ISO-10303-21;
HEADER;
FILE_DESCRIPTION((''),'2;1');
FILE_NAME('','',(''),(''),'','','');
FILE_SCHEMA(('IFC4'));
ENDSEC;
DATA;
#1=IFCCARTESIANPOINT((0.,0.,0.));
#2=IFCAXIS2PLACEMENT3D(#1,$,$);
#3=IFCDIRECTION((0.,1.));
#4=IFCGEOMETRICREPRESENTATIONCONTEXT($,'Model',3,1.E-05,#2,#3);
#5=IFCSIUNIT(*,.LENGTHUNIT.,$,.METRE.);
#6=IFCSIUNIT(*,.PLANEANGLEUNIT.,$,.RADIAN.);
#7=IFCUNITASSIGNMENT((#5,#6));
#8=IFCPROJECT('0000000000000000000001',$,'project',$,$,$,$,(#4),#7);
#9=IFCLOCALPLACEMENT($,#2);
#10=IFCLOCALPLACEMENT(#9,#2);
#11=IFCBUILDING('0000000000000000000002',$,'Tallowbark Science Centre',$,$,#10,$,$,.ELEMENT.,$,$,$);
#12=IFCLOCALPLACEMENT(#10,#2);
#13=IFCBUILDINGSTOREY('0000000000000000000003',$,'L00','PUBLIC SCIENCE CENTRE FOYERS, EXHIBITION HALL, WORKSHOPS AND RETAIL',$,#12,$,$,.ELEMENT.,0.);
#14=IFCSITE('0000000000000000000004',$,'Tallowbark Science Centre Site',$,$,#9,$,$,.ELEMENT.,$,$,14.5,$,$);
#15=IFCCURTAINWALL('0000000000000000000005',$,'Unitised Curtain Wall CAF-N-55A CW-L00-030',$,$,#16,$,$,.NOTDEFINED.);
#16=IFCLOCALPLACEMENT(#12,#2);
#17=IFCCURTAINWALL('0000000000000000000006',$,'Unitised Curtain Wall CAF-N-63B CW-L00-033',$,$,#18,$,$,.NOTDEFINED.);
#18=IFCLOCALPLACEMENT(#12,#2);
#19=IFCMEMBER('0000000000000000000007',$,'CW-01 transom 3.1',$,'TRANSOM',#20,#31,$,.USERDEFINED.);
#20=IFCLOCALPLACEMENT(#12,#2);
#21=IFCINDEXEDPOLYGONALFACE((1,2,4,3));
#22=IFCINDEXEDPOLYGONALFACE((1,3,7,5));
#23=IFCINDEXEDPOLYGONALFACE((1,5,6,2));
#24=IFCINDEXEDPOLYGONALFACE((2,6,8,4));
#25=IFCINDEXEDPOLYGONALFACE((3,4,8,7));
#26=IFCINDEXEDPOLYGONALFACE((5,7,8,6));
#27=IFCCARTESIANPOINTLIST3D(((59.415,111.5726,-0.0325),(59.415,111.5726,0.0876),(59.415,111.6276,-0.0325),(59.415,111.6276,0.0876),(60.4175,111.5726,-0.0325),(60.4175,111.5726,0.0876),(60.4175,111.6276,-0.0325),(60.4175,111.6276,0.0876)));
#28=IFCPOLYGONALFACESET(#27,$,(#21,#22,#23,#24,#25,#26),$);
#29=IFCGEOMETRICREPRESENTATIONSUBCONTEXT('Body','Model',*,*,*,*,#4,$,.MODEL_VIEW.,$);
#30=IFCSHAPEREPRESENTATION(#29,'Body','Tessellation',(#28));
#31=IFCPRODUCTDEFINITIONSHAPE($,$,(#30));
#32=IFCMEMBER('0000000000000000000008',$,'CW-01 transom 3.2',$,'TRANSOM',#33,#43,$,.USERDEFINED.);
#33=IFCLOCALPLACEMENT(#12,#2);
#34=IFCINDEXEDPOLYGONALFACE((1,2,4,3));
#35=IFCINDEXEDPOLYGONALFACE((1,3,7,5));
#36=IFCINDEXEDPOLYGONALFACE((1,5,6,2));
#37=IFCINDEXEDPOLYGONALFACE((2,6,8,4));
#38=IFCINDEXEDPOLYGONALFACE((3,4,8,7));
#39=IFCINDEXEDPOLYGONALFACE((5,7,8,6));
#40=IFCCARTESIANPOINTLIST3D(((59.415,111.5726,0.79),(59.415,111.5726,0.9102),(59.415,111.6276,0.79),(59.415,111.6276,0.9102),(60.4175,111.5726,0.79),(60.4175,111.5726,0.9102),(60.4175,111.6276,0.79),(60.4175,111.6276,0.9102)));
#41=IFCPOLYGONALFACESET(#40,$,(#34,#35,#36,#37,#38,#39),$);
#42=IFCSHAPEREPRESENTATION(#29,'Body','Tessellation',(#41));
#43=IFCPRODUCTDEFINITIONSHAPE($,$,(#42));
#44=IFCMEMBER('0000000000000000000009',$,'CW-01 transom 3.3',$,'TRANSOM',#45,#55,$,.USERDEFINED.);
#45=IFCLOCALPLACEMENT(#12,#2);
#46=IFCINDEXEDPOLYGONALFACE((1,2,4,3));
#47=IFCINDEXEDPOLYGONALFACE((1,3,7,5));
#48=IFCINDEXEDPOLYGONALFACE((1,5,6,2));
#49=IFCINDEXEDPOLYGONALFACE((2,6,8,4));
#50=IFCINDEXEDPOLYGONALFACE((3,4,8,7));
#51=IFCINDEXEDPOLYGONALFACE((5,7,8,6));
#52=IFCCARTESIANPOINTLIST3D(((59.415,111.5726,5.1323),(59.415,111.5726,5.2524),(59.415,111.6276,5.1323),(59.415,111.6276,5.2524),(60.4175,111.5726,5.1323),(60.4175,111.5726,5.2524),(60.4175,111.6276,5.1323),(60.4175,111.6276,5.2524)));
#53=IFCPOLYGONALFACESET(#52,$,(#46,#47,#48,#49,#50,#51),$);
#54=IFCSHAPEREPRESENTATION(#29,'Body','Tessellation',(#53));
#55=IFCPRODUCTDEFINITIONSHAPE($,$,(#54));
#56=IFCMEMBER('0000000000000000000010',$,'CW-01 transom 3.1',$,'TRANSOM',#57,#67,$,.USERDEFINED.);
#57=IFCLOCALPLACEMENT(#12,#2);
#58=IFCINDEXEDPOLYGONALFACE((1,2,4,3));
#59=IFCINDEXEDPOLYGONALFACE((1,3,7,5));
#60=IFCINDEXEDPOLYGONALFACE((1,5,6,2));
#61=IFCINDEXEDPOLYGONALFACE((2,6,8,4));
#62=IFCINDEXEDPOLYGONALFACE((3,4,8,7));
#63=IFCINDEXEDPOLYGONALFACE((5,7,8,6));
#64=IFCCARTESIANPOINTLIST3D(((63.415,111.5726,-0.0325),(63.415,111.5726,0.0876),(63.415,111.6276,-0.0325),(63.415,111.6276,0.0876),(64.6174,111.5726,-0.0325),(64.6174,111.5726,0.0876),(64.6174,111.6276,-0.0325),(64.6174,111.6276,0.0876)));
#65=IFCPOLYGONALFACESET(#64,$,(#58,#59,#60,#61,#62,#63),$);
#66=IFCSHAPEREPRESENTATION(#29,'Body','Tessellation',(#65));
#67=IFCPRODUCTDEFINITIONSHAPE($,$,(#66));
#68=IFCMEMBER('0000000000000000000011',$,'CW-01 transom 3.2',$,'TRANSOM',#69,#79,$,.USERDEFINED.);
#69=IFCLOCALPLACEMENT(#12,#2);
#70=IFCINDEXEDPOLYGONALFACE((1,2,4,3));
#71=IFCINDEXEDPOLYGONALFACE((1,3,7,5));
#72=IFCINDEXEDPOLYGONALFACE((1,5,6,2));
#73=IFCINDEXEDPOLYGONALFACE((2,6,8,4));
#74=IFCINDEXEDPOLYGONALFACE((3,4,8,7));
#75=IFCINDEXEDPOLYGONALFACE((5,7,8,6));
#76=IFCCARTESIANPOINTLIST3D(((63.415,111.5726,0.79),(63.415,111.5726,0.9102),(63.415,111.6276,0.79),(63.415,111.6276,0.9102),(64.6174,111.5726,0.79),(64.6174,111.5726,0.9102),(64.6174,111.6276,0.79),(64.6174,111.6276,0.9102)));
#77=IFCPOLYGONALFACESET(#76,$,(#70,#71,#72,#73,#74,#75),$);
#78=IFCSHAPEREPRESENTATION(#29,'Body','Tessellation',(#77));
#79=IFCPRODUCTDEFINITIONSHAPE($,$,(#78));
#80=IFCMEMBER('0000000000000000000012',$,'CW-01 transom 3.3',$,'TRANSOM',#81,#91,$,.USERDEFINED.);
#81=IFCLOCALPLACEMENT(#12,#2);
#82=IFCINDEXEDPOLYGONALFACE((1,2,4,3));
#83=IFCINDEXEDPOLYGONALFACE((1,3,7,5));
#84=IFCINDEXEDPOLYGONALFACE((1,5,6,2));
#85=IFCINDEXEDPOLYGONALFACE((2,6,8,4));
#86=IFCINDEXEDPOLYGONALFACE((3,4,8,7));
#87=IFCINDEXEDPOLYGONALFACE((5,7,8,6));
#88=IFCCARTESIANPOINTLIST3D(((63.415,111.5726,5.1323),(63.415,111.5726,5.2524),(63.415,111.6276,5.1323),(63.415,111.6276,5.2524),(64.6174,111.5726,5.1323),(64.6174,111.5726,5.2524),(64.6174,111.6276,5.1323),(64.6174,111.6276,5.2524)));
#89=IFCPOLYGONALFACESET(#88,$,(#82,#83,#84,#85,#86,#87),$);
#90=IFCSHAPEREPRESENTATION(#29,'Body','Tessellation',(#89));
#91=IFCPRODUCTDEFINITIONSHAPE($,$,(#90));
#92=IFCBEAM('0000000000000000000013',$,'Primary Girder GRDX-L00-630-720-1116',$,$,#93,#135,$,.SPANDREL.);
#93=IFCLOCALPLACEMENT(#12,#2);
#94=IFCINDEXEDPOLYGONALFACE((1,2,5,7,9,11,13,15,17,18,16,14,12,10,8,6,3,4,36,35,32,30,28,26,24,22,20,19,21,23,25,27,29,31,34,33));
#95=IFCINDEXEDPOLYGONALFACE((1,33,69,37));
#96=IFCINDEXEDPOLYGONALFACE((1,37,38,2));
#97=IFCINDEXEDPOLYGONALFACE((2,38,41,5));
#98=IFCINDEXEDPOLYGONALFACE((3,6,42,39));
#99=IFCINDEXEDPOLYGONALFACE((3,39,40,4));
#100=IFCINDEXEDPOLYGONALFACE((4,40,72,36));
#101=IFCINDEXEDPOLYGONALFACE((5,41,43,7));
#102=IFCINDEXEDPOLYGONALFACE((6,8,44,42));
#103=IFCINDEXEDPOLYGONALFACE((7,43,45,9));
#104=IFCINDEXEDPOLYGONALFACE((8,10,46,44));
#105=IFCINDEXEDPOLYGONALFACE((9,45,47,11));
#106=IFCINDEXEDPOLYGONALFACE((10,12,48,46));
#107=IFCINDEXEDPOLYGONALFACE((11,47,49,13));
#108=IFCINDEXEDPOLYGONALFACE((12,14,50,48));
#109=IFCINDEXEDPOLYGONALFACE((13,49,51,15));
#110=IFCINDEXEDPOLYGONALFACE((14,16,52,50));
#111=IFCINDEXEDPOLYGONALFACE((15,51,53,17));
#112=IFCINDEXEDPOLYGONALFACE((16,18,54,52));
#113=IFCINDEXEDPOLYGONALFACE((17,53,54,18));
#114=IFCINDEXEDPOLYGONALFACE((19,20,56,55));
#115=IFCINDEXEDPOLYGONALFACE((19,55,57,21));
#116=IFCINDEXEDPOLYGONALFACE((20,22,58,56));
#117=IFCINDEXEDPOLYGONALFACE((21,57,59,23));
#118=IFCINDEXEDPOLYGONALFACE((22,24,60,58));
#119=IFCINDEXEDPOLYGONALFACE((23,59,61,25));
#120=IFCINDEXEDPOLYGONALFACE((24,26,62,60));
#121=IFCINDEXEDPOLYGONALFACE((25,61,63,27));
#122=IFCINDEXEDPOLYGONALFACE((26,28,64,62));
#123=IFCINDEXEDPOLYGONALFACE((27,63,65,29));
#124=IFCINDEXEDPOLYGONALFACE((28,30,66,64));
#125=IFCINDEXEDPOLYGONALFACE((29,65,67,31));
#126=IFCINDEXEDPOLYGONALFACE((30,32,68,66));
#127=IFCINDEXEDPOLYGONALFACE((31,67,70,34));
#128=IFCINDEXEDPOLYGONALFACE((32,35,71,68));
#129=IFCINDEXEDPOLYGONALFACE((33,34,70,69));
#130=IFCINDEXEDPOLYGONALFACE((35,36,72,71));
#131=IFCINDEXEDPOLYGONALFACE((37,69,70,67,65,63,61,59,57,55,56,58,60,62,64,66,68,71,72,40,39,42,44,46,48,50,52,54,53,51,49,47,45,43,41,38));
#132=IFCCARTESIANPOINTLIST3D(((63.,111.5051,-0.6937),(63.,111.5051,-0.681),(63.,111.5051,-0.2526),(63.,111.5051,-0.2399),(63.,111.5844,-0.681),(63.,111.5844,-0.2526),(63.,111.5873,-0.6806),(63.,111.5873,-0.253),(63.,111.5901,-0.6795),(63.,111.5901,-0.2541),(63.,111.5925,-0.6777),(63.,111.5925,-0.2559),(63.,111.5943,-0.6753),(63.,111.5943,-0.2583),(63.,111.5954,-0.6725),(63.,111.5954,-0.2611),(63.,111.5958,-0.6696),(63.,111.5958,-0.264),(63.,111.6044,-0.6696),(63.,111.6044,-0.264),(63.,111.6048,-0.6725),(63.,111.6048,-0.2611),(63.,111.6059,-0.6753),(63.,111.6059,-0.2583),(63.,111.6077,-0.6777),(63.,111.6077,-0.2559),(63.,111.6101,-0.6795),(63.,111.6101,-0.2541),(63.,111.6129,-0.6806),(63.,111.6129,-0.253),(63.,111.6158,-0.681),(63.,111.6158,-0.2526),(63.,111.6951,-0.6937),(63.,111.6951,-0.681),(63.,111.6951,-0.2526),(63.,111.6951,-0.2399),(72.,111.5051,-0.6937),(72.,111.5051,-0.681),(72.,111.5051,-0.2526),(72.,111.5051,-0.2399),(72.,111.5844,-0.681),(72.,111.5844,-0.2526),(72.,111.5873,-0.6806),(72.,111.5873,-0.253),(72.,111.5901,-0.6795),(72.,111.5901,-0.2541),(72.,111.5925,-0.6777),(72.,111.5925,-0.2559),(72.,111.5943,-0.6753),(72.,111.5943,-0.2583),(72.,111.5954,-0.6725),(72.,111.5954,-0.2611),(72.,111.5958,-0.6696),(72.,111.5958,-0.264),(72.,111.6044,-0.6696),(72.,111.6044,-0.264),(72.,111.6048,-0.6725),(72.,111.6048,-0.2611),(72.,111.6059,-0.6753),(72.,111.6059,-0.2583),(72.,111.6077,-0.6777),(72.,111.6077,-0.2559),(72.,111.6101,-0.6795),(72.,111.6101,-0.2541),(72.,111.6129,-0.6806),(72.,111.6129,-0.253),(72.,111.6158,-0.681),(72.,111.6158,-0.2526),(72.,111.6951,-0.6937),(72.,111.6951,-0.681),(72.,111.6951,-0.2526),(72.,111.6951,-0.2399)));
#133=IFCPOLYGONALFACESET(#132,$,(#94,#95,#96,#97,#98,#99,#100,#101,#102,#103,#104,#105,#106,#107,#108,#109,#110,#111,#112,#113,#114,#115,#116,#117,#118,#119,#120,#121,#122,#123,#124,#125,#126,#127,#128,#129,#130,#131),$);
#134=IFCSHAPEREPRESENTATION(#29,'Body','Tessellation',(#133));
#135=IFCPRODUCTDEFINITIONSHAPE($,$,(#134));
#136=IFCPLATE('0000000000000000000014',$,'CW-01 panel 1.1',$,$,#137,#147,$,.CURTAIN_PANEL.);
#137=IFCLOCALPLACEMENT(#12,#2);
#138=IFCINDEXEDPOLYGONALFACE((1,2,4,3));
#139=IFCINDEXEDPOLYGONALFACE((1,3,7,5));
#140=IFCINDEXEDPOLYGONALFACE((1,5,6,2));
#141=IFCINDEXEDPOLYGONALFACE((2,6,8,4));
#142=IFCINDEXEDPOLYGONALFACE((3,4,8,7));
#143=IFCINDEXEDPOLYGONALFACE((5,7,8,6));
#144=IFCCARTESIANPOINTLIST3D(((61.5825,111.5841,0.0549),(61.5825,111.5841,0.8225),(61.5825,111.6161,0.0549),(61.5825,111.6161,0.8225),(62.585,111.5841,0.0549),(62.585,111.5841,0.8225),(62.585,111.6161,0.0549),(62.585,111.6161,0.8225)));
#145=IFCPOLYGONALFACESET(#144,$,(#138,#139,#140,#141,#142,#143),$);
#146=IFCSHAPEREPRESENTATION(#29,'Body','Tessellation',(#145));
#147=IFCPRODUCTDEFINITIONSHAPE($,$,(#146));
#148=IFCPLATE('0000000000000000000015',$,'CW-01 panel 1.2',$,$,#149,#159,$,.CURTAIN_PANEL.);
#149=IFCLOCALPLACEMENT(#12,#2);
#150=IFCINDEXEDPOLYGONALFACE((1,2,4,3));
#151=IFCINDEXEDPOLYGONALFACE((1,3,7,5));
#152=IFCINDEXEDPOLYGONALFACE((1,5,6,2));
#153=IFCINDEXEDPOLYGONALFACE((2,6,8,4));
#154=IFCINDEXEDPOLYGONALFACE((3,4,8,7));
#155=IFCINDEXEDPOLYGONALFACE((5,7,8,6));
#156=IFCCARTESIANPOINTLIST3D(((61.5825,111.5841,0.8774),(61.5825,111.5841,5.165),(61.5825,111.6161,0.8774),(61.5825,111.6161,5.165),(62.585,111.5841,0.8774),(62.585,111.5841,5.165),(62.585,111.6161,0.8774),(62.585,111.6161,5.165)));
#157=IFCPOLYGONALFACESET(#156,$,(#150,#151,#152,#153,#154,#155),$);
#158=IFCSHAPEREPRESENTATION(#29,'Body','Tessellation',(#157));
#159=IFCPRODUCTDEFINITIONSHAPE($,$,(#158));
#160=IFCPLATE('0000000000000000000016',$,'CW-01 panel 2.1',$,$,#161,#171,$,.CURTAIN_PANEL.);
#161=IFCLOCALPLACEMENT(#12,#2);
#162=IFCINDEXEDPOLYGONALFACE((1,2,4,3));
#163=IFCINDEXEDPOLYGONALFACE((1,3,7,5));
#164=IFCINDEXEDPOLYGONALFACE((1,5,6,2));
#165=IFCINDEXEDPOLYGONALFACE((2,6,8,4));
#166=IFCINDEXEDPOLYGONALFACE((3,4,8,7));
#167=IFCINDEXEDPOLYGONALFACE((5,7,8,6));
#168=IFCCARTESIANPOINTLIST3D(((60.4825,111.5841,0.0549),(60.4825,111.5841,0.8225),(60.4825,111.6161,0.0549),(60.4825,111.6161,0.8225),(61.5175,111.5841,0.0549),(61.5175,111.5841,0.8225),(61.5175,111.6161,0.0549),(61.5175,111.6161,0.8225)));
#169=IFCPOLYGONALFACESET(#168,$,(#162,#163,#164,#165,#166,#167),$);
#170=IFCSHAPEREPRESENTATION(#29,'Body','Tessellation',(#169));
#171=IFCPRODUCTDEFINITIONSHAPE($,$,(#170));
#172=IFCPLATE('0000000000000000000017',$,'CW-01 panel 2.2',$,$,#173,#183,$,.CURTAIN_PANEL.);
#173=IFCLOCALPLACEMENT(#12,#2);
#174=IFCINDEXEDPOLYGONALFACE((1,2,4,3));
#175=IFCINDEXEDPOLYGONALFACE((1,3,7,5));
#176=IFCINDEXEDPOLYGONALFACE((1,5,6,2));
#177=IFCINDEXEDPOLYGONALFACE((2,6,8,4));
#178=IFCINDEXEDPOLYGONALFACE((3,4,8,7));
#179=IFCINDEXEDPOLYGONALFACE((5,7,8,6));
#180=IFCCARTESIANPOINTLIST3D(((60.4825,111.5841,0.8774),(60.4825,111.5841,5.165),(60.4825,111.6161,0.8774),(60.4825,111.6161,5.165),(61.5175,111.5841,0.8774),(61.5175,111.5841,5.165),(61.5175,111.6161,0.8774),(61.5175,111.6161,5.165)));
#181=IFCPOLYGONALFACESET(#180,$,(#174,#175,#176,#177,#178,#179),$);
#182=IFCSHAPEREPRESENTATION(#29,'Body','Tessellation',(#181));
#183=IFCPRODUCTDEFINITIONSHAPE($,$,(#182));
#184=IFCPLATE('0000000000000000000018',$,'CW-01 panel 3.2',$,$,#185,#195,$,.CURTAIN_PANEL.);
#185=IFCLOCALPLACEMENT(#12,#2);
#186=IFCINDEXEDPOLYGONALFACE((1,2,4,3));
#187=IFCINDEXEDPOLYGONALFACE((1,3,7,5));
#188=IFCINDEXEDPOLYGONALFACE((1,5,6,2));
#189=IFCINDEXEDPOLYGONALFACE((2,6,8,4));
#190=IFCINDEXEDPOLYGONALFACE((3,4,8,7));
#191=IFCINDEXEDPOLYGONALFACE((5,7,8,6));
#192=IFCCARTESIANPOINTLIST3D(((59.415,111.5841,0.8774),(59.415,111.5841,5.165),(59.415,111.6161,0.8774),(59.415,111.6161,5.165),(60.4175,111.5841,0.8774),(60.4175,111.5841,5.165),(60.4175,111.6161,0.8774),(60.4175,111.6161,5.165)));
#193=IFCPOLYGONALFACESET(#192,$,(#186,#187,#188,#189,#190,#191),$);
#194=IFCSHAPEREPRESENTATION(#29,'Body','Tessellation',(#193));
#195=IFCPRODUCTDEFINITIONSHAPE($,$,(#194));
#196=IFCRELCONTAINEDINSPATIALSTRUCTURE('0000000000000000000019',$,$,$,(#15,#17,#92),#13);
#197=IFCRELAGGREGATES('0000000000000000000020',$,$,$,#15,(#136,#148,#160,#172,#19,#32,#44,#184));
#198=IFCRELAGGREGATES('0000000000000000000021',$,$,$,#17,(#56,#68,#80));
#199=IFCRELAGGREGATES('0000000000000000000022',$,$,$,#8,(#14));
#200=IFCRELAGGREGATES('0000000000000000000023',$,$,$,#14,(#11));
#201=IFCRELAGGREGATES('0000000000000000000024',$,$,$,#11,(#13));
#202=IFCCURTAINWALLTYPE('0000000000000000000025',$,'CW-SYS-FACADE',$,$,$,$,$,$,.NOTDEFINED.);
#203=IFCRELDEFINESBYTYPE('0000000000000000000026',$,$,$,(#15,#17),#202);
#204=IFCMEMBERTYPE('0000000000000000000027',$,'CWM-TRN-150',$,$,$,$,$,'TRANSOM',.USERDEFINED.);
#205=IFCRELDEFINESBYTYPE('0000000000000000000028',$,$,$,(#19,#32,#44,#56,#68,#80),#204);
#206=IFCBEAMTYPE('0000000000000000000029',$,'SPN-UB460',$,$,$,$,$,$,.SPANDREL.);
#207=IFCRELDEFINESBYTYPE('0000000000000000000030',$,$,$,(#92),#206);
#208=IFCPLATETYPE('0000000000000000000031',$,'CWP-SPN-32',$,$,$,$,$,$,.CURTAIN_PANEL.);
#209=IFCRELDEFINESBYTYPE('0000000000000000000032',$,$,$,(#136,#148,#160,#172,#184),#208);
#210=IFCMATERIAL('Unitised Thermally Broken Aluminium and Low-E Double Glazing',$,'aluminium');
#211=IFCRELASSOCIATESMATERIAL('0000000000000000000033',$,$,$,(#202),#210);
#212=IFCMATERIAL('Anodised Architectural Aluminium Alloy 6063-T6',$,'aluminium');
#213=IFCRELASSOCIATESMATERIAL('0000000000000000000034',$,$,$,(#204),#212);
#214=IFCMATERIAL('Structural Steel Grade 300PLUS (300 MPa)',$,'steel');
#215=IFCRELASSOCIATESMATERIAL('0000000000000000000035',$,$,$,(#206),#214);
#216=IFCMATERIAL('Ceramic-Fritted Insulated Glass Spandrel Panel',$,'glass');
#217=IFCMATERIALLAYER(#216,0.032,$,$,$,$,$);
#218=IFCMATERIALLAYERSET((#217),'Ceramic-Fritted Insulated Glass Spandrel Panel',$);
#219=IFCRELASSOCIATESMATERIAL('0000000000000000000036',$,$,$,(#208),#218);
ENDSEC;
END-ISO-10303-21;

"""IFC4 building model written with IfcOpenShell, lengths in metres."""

from ifc_helpers import new_model, si_unit, direction, frame, origin, origin_2d, place, context, subcontext, project, spatial, rectangle, i_section, extrude, material, layer, layer_set, material_profile, profile_set, type_object, element, aggregate, save


model = new_model("IFC4")

# Units and contexts
model_context = context("Model", 3, precision=1e-05, world=origin(), true_north=direction((0.0, 1.0)))
body_context = subcontext(model_context, "Body", "Model", "MODEL_VIEW")
ifc_project = project(units=[si_unit("LENGTHUNIT", "METRE"), si_unit("PLANEANGLEUNIT", "RADIAN")], contexts=[model_context])

# Site, building, storey
site_placement = place(None, origin())
site = spatial("IfcSite", under=ifc_project, at=site_placement, Name="Tallowbark Science Centre Site", CompositionType="ELEMENT", RefElevation=14.5)
building_placement = place(site_placement, origin())
building = spatial("IfcBuilding", under=site, at=building_placement, Name="Tallowbark Science Centre", CompositionType="ELEMENT")
storey_placement = place(building_placement, origin())
storey = spatial("IfcBuildingStorey", under=building, at=storey_placement, Name="L00", Description="PUBLIC SCIENCE CENTRE FOYERS, EXHIBITION HALL, WORKSHOPS AND RETAIL", CompositionType="ELEMENT", Elevation=0.0)

# Shared definitions
ifc_material_1 = material(Name="Structural Steel Grade 300PLUS (300 MPa)", Category="steel")

# Curtain walls
ifc_material_2 = material(Name="Unitised Thermally Broken Aluminium and Low-E Double Glazing", Category="aluminium")
curtain_wall_type = type_object("IfcCurtainWallType", Name="CW-SYS-FACADE", PredefinedType="NOTDEFINED", material=ifc_material_2)
curtain_wall_1_placement = place(storey_placement, origin())
curtain_wall_1 = element("IfcCurtainWall", 1, at=curtain_wall_1_placement, inside=storey, type_object=curtain_wall_type, Name="Unitised Curtain Wall CAF-N-55A CW-L00-030", PredefinedType="NOTDEFINED")
ifc_material_3 = material(Name="Anodised Architectural Aluminium Alloy 6063-T6", Category="aluminium")
curtain_wall_2_placement = place(storey_placement, origin())
curtain_wall_2 = element("IfcCurtainWall", 2, at=curtain_wall_2_placement, inside=storey, type_object=curtain_wall_type, Name="Unitised Curtain Wall CAF-N-63B CW-L00-033", PredefinedType="NOTDEFINED")

# Members
ifc_material_profile_1 = material_profile(ifc_material_3, rectangle(XDim=0.0549, YDim=0.1201, at=origin_2d()), Name="ALU55x120")
ifc_profile_set_1 = profile_set([ifc_material_profile_1], Name="Anodised Architectural Aluminium Alloy 6063-T6")
member_type_1 = type_object("IfcMemberType", Name="CWM-TRN-150", ElementType="TRANSOM", PredefinedType="USERDEFINED", material=ifc_profile_set_1)
member_1_placement = place(storey_placement, frame((60.4175, 111.6001, 0.0276), z_axis=(-1.0, 0.0, 0.0), x_axis=(0.0, -1.0, 0.0)))
member_1 = element("IfcMember", 3, at=member_1_placement, type_object=member_type_1, Name="CW-01 transom 3.1", ObjectType="TRANSOM", PredefinedType="USERDEFINED", context=body_context, shape_type="SweptSolid", body=[
    extrude(rectangle(XDim=0.0549, YDim=0.1201, at=origin_2d()), origin(), (0.0, 0.0, 1.0), 1.0024),
])
member_2_placement = place(storey_placement, frame((60.4175, 111.6001, 0.8501), z_axis=(-1.0, 0.0, 0.0), x_axis=(0.0, -1.0, 0.0)))
member_2 = element("IfcMember", 4, at=member_2_placement, type_object=member_type_1, Name="CW-01 transom 3.2", ObjectType="TRANSOM", PredefinedType="USERDEFINED", context=body_context, shape_type="SweptSolid", body=[
    extrude(rectangle(XDim=0.0549, YDim=0.1201, at=origin_2d()), origin(), (0.0, 0.0, 1.0), 1.0024),
])
member_3_placement = place(storey_placement, frame((60.4175, 111.6001, 5.1924), z_axis=(-1.0, 0.0, 0.0), x_axis=(0.0, -1.0, 0.0)))
member_3 = element("IfcMember", 5, at=member_3_placement, type_object=member_type_1, Name="CW-01 transom 3.3", ObjectType="TRANSOM", PredefinedType="USERDEFINED", context=body_context, shape_type="SweptSolid", body=[
    extrude(rectangle(XDim=0.0549, YDim=0.1201, at=origin_2d()), origin(), (0.0, 0.0, 1.0), 1.0024),
])
member_4_placement = place(storey_placement, frame((64.6174, 111.6001, 0.0276), z_axis=(-1.0, 0.0, 0.0), x_axis=(0.0, -1.0, 0.0)))
member_4 = element("IfcMember", 6, at=member_4_placement, type_object=member_type_1, Name="CW-01 transom 3.1", ObjectType="TRANSOM", PredefinedType="USERDEFINED", context=body_context, shape_type="SweptSolid", body=[
    extrude(rectangle(XDim=0.0549, YDim=0.1201, at=origin_2d()), origin(), (0.0, 0.0, 1.0), 1.2024),
])
member_5_placement = place(storey_placement, frame((64.6174, 111.6001, 0.8501), z_axis=(-1.0, 0.0, 0.0), x_axis=(0.0, -1.0, 0.0)))
member_5 = element("IfcMember", 7, at=member_5_placement, type_object=member_type_1, Name="CW-01 transom 3.2", ObjectType="TRANSOM", PredefinedType="USERDEFINED", context=body_context, shape_type="SweptSolid", body=[
    extrude(rectangle(XDim=0.0549, YDim=0.1201, at=origin_2d()), origin(), (0.0, 0.0, 1.0), 1.2024),
])
member_6_placement = place(storey_placement, frame((64.6174, 111.6001, 5.1924), z_axis=(-1.0, 0.0, 0.0), x_axis=(0.0, -1.0, 0.0)))
member_6 = element("IfcMember", 8, at=member_6_placement, type_object=member_type_1, Name="CW-01 transom 3.3", ObjectType="TRANSOM", PredefinedType="USERDEFINED", context=body_context, shape_type="SweptSolid", body=[
    extrude(rectangle(XDim=0.0549, YDim=0.1201, at=origin_2d()), origin(), (0.0, 0.0, 1.0), 1.2024),
])

# Beam
ifc_material_profile_2 = material_profile(ifc_material_1, i_section(OverallWidth=0.1899, OverallDepth=0.4539, WebThickness=0.0085, FlangeThickness=0.0127, FilletRadius=0.0115, at=origin_2d()), Name="460UB67.1")
ifc_profile_set_2 = profile_set([ifc_material_profile_2], Name="Structural Steel Grade 300PLUS (300 MPa)")
beam_type = type_object("IfcBeamType", Name="SPN-UB460", PredefinedType="SPANDREL", material=ifc_profile_set_2)
beam_placement = place(storey_placement, frame((63.0, 111.6001, -0.4668), z_axis=(1.0, 0.0, 0.0), x_axis=(0.0, 1.0, 0.0)))
element("IfcBeam", 9, at=beam_placement, inside=storey, type_object=beam_type, Name="Primary Girder GRDX-L00-630-720-1116", PredefinedType="SPANDREL", context=body_context, shape_type="SweptSolid", body=[
    extrude(i_section(OverallWidth=0.1899, OverallDepth=0.4539, WebThickness=0.0085, FlangeThickness=0.0127, FilletRadius=0.0115, at=origin_2d()), origin(), (0.0, 0.0, 1.0), 9.0),
])

# Plates
ifc_material_4 = material(Name="Ceramic-Fritted Insulated Glass Spandrel Panel", Category="glass")
ifc_layer_1 = layer(ifc_material_4, 0.032)
ifc_layer_set_1 = layer_set([ifc_layer_1], Name="Ceramic-Fritted Insulated Glass Spandrel Panel")
plate_type = type_object("IfcPlateType", Name="CWP-SPN-32", PredefinedType="CURTAIN_PANEL", material=ifc_layer_set_1)
plate_1_placement = place(storey_placement, frame((62.0837, 111.6001, 0.0549), z_axis=(0.0, 0.0, 1.0), x_axis=(-1.0, 0.0, 0.0)))
plate_1 = element("IfcPlate", 10, at=plate_1_placement, type_object=plate_type, Name="CW-01 panel 1.1", PredefinedType="CURTAIN_PANEL", context=body_context, shape_type="SweptSolid", body=[
    extrude(rectangle(XDim=1.0024, YDim=0.032, at=origin_2d()), origin(), (0.0, 0.0, 1.0), 0.7676),
])
plate_2_placement = place(storey_placement, frame((62.0837, 111.6001, 0.8774), z_axis=(0.0, 0.0, 1.0), x_axis=(-1.0, 0.0, 0.0)))
plate_2 = element("IfcPlate", 11, at=plate_2_placement, type_object=plate_type, Name="CW-01 panel 1.2", PredefinedType="CURTAIN_PANEL", context=body_context, shape_type="SweptSolid", body=[
    extrude(rectangle(XDim=1.0024, YDim=0.032, at=origin_2d()), origin(), (0.0, 0.0, 1.0), 4.2876),
])
plate_3_placement = place(storey_placement, frame((61.0, 111.6001, 0.0549), z_axis=(0.0, 0.0, 1.0), x_axis=(-1.0, 0.0, 0.0)))
plate_3 = element("IfcPlate", 12, at=plate_3_placement, type_object=plate_type, Name="CW-01 panel 2.1", PredefinedType="CURTAIN_PANEL", context=body_context, shape_type="SweptSolid", body=[
    extrude(rectangle(XDim=1.0349, YDim=0.032, at=origin_2d()), origin(), (0.0, 0.0, 1.0), 0.7676),
])
plate_4_placement = place(storey_placement, frame((61.0, 111.6001, 0.8774), z_axis=(0.0, 0.0, 1.0), x_axis=(-1.0, 0.0, 0.0)))
plate_4 = element("IfcPlate", 13, at=plate_4_placement, type_object=plate_type, Name="CW-01 panel 2.2", PredefinedType="CURTAIN_PANEL", context=body_context, shape_type="SweptSolid", body=[
    extrude(rectangle(XDim=1.0349, YDim=0.032, at=origin_2d()), origin(), (0.0, 0.0, 1.0), 4.2876),
])
plate_5_placement = place(storey_placement, frame((59.9163, 111.6001, 0.8774), z_axis=(0.0, 0.0, 1.0), x_axis=(-1.0, 0.0, 0.0)))
plate_5 = element("IfcPlate", 14, at=plate_5_placement, type_object=plate_type, Name="CW-01 panel 3.2", PredefinedType="CURTAIN_PANEL", context=body_context, shape_type="SweptSolid", body=[
    extrude(rectangle(XDim=1.0024, YDim=0.032, at=origin_2d()), origin(), (0.0, 0.0, 1.0), 4.2876),
])
aggregate(curtain_wall_1, [plate_1, plate_2, plate_3, plate_4, member_1, member_2, member_3, plate_5])
aggregate(curtain_wall_2, [member_4, member_5, member_6])

save(model, "model.ifc")
